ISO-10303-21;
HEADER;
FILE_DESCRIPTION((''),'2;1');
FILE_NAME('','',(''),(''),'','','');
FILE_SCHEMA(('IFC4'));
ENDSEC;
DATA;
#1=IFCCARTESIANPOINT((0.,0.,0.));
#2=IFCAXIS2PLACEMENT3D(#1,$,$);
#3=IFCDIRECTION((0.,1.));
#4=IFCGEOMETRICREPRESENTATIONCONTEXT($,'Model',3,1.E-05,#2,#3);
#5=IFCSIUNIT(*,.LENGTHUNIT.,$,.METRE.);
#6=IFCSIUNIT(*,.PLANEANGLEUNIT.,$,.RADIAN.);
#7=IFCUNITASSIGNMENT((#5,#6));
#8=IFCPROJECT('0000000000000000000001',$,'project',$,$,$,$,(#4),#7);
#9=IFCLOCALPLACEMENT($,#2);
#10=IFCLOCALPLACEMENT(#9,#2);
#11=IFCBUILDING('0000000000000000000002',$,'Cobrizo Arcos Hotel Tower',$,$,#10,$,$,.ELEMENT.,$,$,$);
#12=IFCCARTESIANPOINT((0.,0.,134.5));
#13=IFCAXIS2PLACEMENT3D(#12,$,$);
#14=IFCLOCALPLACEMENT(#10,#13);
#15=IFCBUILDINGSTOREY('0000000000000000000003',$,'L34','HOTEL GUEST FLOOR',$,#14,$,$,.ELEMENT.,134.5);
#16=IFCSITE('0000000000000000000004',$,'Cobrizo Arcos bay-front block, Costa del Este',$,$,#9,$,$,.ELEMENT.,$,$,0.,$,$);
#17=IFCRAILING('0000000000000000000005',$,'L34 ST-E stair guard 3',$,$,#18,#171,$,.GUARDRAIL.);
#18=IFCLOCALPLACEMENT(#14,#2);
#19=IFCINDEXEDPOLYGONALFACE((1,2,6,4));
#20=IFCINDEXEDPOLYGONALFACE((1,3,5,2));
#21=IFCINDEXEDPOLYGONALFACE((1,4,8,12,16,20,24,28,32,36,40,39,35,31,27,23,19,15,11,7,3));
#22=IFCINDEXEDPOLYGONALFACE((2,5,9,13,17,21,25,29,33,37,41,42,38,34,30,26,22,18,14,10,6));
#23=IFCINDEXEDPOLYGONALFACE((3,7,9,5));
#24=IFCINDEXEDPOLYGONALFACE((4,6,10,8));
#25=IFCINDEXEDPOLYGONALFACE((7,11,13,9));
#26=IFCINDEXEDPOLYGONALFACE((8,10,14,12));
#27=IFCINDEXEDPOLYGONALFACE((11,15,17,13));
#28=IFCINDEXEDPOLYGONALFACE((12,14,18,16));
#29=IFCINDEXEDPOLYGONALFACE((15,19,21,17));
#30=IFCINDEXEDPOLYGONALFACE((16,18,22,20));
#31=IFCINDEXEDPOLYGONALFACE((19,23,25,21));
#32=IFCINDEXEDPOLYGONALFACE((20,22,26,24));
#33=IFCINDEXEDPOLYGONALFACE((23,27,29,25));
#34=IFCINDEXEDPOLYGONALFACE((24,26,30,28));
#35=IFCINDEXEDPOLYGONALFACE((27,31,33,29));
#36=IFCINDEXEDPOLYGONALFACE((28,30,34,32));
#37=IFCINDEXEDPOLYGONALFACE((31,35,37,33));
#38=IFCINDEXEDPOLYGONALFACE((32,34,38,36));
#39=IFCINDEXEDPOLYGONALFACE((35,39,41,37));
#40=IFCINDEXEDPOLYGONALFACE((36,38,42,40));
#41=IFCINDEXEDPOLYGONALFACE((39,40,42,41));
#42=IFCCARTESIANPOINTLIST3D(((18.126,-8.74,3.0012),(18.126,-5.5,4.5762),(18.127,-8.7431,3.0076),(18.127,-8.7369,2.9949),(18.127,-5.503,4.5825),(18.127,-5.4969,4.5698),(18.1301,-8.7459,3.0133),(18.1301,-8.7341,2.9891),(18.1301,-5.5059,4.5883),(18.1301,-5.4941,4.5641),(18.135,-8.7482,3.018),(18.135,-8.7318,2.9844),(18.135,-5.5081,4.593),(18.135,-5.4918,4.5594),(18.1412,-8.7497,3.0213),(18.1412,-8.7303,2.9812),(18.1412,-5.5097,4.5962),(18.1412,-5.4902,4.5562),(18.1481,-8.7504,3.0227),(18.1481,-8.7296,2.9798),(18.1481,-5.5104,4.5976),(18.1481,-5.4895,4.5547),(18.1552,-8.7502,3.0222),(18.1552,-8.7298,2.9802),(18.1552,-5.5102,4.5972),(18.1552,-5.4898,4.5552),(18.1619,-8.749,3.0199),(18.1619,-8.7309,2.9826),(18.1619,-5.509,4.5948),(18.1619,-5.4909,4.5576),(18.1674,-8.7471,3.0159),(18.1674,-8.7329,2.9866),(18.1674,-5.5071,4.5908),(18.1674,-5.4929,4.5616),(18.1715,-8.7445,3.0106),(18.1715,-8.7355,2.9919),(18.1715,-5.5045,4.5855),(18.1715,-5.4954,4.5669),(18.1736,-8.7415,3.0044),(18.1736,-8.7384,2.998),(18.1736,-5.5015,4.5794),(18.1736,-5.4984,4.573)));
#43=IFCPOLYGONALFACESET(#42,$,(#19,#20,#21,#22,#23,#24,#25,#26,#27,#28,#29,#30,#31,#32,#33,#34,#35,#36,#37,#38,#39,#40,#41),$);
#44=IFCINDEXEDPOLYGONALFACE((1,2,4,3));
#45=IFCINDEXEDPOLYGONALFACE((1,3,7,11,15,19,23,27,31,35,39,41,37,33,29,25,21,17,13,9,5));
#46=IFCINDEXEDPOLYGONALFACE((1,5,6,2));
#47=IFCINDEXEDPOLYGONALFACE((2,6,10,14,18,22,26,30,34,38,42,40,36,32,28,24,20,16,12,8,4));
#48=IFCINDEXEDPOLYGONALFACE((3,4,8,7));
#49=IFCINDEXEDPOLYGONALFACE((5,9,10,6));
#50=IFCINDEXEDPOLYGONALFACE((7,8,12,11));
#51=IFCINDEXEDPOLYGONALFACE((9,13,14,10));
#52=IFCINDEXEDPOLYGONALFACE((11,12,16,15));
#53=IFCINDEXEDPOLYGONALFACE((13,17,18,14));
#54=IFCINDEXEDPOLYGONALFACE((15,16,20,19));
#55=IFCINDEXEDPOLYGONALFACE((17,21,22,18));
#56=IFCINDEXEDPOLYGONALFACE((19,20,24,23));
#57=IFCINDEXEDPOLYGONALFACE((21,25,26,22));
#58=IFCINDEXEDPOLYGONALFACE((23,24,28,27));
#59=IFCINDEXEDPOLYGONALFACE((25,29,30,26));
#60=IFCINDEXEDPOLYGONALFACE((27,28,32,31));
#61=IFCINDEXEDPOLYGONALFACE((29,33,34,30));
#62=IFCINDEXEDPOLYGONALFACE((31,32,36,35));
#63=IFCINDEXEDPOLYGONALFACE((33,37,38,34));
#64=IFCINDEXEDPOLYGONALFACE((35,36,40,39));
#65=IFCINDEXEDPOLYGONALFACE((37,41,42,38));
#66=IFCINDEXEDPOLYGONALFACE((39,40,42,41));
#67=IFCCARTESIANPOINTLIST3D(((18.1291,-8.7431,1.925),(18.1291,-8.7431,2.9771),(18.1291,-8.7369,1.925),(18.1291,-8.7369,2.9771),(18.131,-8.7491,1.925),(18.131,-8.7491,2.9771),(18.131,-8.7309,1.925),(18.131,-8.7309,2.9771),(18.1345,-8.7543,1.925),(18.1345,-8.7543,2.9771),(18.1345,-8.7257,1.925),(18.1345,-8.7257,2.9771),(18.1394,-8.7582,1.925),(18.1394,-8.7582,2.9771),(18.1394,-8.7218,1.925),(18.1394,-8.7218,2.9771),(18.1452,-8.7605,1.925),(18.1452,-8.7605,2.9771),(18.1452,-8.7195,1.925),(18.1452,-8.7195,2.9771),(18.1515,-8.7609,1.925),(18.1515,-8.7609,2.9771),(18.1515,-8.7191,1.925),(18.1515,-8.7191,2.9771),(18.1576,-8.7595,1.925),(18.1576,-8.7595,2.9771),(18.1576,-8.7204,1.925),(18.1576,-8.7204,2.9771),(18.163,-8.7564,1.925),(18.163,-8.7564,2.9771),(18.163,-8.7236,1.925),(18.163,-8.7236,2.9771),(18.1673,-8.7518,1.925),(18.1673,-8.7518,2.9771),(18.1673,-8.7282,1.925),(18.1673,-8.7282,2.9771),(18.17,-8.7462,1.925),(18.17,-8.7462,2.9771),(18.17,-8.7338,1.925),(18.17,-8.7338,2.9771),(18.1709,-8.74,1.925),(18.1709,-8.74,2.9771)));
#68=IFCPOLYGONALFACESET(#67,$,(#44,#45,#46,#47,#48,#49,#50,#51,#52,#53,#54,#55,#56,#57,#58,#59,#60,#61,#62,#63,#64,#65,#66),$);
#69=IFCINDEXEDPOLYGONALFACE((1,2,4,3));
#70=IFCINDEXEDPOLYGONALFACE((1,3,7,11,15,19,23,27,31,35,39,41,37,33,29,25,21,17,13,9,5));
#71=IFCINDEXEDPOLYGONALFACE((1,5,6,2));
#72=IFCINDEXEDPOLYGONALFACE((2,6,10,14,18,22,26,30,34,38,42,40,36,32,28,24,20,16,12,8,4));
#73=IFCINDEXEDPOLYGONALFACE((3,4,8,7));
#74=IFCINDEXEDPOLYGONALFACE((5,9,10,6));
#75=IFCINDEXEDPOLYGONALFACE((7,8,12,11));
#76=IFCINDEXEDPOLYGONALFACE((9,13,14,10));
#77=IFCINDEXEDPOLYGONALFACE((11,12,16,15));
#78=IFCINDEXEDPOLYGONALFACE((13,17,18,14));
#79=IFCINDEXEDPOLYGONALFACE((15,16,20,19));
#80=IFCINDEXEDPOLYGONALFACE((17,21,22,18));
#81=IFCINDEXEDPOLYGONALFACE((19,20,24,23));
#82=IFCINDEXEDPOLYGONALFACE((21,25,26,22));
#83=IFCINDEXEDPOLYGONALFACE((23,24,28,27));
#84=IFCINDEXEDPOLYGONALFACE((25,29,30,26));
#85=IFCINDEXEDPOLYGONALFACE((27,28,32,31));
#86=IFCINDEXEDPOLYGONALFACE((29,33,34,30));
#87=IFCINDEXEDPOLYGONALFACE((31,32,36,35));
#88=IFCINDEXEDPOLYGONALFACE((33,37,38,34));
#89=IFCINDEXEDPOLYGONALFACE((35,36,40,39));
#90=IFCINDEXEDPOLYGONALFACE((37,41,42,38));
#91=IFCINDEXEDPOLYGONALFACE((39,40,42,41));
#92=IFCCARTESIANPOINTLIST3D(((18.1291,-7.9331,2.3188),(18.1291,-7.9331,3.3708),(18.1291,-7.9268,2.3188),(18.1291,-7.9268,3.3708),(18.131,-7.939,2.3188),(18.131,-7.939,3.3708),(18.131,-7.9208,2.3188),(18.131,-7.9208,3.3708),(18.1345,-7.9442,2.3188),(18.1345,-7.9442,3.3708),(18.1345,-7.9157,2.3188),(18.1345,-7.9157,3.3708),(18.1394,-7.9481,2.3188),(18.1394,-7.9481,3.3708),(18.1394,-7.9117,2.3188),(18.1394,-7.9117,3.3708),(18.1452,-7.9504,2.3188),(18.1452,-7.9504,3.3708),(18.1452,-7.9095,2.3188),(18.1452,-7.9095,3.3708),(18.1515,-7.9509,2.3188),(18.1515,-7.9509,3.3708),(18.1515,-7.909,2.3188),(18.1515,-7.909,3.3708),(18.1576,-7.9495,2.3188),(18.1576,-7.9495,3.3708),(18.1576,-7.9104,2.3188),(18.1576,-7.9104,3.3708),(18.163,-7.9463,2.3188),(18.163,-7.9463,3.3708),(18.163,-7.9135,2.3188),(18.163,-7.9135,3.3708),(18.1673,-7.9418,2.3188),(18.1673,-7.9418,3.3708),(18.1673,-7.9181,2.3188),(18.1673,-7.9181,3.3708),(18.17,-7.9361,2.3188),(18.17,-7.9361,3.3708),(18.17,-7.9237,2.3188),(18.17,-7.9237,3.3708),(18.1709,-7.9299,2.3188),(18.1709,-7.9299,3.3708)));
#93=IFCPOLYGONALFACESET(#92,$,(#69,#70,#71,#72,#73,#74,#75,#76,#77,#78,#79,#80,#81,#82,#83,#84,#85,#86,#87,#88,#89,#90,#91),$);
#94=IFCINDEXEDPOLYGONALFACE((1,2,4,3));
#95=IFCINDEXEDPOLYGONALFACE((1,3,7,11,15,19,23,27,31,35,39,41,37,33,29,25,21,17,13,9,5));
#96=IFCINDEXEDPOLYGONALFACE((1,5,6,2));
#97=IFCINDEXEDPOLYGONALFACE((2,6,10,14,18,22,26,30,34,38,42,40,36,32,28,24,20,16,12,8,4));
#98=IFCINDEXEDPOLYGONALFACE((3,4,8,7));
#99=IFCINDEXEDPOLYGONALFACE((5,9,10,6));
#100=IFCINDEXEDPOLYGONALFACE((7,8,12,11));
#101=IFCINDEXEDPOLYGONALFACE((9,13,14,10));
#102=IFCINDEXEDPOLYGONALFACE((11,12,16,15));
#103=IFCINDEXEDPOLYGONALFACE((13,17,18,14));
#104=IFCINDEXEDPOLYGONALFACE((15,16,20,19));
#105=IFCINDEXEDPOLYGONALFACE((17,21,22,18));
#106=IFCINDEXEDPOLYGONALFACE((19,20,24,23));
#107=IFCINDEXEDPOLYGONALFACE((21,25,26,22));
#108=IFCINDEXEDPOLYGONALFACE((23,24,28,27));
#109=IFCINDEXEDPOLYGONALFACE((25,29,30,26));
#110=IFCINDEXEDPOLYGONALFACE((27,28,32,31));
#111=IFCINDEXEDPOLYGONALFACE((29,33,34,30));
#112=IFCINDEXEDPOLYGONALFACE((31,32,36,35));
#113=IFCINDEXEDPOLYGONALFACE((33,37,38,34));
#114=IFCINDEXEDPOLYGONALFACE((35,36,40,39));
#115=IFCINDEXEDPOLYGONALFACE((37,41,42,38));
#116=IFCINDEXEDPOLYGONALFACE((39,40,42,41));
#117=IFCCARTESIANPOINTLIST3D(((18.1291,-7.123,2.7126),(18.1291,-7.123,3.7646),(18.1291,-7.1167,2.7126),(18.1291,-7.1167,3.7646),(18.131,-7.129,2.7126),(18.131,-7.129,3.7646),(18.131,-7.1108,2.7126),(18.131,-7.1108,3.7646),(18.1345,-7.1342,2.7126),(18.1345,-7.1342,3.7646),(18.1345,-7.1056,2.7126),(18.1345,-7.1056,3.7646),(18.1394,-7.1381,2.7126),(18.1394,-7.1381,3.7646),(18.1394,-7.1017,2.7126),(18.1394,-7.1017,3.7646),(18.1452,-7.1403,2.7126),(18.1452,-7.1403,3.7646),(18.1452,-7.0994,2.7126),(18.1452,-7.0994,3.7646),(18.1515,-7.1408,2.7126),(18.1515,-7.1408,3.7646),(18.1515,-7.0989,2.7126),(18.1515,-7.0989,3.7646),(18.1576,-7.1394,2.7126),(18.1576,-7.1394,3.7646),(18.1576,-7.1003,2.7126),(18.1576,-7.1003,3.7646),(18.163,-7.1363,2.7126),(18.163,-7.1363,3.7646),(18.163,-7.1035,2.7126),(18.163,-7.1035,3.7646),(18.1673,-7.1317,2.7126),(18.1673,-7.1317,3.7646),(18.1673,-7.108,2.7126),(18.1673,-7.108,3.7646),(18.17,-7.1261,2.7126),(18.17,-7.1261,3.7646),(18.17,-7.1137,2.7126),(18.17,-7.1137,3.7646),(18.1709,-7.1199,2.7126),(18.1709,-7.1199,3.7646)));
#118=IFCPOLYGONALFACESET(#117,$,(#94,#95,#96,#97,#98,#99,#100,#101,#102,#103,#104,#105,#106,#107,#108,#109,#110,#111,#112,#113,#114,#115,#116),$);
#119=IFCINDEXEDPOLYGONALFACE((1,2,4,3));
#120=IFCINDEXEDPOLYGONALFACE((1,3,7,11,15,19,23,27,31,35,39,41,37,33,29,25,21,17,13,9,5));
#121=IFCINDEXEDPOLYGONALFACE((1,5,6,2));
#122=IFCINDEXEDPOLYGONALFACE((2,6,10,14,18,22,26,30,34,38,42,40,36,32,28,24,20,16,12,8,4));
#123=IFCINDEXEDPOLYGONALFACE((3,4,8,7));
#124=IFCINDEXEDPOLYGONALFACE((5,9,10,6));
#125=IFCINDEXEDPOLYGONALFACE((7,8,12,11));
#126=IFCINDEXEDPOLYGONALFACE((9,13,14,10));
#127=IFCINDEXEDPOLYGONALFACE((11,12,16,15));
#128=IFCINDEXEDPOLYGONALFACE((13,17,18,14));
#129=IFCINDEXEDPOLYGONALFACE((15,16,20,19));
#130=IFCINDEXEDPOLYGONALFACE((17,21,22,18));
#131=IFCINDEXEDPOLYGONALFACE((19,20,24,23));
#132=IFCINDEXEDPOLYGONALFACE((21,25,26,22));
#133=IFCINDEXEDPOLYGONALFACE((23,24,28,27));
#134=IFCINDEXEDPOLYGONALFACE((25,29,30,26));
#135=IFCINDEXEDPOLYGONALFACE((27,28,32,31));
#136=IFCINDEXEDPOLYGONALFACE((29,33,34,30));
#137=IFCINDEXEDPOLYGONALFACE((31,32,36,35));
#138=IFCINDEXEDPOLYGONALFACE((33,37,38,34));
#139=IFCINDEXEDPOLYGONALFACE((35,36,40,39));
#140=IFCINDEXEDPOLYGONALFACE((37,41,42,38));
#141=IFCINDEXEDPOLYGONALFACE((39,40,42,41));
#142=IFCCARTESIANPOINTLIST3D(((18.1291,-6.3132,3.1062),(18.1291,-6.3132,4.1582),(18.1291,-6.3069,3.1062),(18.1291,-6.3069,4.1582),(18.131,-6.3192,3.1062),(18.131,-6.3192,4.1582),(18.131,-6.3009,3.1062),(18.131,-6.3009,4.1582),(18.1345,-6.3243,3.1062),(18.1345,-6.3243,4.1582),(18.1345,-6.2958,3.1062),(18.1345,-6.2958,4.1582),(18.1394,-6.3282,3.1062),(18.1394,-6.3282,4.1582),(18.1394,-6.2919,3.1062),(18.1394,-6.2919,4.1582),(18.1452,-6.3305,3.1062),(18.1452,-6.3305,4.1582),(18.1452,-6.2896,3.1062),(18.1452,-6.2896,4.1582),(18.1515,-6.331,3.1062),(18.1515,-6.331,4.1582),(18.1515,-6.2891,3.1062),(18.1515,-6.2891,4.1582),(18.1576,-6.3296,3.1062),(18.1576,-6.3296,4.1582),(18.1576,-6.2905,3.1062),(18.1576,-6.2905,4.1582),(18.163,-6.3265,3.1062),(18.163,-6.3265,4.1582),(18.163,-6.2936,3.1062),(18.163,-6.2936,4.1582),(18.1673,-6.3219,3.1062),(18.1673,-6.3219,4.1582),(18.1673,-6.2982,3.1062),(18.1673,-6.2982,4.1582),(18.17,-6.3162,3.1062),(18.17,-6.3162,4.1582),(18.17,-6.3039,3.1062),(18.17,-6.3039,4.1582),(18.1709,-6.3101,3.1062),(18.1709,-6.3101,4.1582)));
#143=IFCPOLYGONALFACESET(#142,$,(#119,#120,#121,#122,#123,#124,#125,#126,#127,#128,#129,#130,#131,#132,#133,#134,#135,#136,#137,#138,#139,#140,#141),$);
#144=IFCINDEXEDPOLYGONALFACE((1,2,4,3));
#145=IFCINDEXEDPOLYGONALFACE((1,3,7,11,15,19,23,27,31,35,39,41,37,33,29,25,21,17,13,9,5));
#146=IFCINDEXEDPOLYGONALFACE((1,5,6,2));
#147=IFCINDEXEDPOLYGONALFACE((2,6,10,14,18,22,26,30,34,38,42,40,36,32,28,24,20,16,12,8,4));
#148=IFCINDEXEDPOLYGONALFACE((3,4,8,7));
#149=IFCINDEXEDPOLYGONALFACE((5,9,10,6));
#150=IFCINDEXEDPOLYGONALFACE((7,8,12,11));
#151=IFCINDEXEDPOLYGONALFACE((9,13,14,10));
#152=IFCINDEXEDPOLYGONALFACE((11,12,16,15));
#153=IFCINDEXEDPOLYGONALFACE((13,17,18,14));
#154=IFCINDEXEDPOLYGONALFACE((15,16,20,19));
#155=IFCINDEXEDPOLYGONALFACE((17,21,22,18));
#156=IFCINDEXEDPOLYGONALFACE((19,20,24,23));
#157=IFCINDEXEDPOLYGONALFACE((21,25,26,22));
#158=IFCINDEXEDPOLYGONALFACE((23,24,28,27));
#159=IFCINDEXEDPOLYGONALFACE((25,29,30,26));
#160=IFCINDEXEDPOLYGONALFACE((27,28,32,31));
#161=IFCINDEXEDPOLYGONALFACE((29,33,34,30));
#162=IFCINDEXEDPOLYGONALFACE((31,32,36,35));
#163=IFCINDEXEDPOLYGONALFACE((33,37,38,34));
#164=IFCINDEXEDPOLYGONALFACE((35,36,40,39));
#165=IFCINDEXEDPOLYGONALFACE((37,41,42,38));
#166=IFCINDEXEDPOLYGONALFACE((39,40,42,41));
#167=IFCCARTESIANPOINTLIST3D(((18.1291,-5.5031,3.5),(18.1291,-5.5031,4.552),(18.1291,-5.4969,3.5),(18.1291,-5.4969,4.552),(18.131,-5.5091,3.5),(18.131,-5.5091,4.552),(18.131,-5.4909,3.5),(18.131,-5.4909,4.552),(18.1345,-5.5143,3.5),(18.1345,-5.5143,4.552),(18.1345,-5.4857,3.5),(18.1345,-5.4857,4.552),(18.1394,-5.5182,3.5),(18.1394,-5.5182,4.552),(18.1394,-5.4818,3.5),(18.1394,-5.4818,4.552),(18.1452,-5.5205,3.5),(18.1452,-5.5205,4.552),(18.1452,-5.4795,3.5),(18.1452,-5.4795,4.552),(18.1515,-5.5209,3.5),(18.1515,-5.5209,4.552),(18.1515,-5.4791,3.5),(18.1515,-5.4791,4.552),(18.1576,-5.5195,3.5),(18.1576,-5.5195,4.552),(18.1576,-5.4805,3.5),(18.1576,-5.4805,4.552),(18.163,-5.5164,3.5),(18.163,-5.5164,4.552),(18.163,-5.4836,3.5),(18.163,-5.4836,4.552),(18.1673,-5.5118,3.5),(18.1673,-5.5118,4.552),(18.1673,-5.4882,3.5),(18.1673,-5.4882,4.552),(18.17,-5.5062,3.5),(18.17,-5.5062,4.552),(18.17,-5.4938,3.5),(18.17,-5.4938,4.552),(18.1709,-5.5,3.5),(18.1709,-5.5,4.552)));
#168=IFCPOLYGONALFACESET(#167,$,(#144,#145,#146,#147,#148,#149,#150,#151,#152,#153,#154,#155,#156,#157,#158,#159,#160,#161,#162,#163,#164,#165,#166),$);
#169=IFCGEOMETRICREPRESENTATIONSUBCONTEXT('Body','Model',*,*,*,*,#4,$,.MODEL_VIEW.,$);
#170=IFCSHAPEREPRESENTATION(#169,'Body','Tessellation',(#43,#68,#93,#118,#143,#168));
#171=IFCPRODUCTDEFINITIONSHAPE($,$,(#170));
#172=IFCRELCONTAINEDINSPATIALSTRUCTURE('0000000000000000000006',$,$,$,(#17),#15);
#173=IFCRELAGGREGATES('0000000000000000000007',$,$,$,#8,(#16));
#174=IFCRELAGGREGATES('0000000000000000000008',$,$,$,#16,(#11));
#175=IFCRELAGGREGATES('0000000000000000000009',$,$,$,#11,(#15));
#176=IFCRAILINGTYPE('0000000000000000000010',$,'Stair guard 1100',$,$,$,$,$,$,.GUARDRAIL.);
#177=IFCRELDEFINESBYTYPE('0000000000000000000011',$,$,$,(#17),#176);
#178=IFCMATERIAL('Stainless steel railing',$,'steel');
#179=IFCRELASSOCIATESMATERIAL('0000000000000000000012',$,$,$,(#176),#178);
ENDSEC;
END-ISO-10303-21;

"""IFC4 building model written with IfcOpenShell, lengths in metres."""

from ifc_helpers import new_model, si_unit, direction, frame, origin, origin_2d, place, context, subcontext, project, spatial, circle, extrude, material, type_object, element, save


model = new_model("IFC4")

# Units and contexts
model_context = context("Model", 3, precision=1e-05, world=origin(), true_north=direction((0.0, 1.0)))
body_context = subcontext(model_context, "Body", "Model", "MODEL_VIEW")
ifc_project = project(units=[si_unit("LENGTHUNIT", "METRE"), si_unit("PLANEANGLEUNIT", "RADIAN")], contexts=[model_context])

# Site, building, storey
site_placement = place(None, origin())
site = spatial("IfcSite", under=ifc_project, at=site_placement, Name="Cobrizo Arcos bay-front block, Costa del Este", CompositionType="ELEMENT", RefElevation=0.0)
building_placement = place(site_placement, origin())
building = spatial("IfcBuilding", under=site, at=building_placement, Name="Cobrizo Arcos Hotel Tower", CompositionType="ELEMENT")
storey_placement = place(building_placement, frame((0.0, 0.0, 134.5)))
storey = spatial("IfcBuildingStorey", under=building, at=storey_placement, Name="L34", Description="HOTEL GUEST FLOOR", CompositionType="ELEMENT", Elevation=134.5)

# Railing
ifc_material_1 = material(Name="Stainless steel railing", Category="steel")
railing_type_1 = type_object("IfcRailingType", Name="Stair guard 1100", PredefinedType="GUARDRAIL", material=ifc_material_1)
railing_1_placement = place(storey_placement, frame((18.1499, -8.74, 1.925)))
element("IfcRailing", 1, at=railing_1_placement, inside=storey, type_object=railing_type_1, Name="L34 ST-E stair guard 3", PredefinedType="GUARDRAIL", context=body_context, shape_type="SweptSolid", body=[
    extrude(circle(Radius=0.0239, at=origin_2d()), frame((0.0, 0.0, 1.0762), z_axis=(0.0, 0.899373, 0.437183), x_axis=(-1.0, 0.0, 0.0)), (0.0, 0.0, 1.0), 3.6025),
    extrude(circle(Radius=0.021, at=origin_2d()), origin(), (0.0, 0.0, 1.0), 1.052),
    extrude(circle(Radius=0.021, at=origin_2d()), frame((0.0, 0.8101, 0.3938)), (0.0, 0.0, 1.0), 1.052),
    extrude(circle(Radius=0.021, at=origin_2d()), frame((0.0, 1.6201, 0.7876)), (0.0, 0.0, 1.0), 1.052),
    extrude(circle(Radius=0.021, at=origin_2d()), frame((0.0, 2.4299, 1.1812)), (0.0, 0.0, 1.0), 1.052),
    extrude(circle(Radius=0.021, at=origin_2d()), frame((0.0, 3.24, 1.575)), (0.0, 0.0, 1.0), 1.052),
])

save(model, "model.ifc")
